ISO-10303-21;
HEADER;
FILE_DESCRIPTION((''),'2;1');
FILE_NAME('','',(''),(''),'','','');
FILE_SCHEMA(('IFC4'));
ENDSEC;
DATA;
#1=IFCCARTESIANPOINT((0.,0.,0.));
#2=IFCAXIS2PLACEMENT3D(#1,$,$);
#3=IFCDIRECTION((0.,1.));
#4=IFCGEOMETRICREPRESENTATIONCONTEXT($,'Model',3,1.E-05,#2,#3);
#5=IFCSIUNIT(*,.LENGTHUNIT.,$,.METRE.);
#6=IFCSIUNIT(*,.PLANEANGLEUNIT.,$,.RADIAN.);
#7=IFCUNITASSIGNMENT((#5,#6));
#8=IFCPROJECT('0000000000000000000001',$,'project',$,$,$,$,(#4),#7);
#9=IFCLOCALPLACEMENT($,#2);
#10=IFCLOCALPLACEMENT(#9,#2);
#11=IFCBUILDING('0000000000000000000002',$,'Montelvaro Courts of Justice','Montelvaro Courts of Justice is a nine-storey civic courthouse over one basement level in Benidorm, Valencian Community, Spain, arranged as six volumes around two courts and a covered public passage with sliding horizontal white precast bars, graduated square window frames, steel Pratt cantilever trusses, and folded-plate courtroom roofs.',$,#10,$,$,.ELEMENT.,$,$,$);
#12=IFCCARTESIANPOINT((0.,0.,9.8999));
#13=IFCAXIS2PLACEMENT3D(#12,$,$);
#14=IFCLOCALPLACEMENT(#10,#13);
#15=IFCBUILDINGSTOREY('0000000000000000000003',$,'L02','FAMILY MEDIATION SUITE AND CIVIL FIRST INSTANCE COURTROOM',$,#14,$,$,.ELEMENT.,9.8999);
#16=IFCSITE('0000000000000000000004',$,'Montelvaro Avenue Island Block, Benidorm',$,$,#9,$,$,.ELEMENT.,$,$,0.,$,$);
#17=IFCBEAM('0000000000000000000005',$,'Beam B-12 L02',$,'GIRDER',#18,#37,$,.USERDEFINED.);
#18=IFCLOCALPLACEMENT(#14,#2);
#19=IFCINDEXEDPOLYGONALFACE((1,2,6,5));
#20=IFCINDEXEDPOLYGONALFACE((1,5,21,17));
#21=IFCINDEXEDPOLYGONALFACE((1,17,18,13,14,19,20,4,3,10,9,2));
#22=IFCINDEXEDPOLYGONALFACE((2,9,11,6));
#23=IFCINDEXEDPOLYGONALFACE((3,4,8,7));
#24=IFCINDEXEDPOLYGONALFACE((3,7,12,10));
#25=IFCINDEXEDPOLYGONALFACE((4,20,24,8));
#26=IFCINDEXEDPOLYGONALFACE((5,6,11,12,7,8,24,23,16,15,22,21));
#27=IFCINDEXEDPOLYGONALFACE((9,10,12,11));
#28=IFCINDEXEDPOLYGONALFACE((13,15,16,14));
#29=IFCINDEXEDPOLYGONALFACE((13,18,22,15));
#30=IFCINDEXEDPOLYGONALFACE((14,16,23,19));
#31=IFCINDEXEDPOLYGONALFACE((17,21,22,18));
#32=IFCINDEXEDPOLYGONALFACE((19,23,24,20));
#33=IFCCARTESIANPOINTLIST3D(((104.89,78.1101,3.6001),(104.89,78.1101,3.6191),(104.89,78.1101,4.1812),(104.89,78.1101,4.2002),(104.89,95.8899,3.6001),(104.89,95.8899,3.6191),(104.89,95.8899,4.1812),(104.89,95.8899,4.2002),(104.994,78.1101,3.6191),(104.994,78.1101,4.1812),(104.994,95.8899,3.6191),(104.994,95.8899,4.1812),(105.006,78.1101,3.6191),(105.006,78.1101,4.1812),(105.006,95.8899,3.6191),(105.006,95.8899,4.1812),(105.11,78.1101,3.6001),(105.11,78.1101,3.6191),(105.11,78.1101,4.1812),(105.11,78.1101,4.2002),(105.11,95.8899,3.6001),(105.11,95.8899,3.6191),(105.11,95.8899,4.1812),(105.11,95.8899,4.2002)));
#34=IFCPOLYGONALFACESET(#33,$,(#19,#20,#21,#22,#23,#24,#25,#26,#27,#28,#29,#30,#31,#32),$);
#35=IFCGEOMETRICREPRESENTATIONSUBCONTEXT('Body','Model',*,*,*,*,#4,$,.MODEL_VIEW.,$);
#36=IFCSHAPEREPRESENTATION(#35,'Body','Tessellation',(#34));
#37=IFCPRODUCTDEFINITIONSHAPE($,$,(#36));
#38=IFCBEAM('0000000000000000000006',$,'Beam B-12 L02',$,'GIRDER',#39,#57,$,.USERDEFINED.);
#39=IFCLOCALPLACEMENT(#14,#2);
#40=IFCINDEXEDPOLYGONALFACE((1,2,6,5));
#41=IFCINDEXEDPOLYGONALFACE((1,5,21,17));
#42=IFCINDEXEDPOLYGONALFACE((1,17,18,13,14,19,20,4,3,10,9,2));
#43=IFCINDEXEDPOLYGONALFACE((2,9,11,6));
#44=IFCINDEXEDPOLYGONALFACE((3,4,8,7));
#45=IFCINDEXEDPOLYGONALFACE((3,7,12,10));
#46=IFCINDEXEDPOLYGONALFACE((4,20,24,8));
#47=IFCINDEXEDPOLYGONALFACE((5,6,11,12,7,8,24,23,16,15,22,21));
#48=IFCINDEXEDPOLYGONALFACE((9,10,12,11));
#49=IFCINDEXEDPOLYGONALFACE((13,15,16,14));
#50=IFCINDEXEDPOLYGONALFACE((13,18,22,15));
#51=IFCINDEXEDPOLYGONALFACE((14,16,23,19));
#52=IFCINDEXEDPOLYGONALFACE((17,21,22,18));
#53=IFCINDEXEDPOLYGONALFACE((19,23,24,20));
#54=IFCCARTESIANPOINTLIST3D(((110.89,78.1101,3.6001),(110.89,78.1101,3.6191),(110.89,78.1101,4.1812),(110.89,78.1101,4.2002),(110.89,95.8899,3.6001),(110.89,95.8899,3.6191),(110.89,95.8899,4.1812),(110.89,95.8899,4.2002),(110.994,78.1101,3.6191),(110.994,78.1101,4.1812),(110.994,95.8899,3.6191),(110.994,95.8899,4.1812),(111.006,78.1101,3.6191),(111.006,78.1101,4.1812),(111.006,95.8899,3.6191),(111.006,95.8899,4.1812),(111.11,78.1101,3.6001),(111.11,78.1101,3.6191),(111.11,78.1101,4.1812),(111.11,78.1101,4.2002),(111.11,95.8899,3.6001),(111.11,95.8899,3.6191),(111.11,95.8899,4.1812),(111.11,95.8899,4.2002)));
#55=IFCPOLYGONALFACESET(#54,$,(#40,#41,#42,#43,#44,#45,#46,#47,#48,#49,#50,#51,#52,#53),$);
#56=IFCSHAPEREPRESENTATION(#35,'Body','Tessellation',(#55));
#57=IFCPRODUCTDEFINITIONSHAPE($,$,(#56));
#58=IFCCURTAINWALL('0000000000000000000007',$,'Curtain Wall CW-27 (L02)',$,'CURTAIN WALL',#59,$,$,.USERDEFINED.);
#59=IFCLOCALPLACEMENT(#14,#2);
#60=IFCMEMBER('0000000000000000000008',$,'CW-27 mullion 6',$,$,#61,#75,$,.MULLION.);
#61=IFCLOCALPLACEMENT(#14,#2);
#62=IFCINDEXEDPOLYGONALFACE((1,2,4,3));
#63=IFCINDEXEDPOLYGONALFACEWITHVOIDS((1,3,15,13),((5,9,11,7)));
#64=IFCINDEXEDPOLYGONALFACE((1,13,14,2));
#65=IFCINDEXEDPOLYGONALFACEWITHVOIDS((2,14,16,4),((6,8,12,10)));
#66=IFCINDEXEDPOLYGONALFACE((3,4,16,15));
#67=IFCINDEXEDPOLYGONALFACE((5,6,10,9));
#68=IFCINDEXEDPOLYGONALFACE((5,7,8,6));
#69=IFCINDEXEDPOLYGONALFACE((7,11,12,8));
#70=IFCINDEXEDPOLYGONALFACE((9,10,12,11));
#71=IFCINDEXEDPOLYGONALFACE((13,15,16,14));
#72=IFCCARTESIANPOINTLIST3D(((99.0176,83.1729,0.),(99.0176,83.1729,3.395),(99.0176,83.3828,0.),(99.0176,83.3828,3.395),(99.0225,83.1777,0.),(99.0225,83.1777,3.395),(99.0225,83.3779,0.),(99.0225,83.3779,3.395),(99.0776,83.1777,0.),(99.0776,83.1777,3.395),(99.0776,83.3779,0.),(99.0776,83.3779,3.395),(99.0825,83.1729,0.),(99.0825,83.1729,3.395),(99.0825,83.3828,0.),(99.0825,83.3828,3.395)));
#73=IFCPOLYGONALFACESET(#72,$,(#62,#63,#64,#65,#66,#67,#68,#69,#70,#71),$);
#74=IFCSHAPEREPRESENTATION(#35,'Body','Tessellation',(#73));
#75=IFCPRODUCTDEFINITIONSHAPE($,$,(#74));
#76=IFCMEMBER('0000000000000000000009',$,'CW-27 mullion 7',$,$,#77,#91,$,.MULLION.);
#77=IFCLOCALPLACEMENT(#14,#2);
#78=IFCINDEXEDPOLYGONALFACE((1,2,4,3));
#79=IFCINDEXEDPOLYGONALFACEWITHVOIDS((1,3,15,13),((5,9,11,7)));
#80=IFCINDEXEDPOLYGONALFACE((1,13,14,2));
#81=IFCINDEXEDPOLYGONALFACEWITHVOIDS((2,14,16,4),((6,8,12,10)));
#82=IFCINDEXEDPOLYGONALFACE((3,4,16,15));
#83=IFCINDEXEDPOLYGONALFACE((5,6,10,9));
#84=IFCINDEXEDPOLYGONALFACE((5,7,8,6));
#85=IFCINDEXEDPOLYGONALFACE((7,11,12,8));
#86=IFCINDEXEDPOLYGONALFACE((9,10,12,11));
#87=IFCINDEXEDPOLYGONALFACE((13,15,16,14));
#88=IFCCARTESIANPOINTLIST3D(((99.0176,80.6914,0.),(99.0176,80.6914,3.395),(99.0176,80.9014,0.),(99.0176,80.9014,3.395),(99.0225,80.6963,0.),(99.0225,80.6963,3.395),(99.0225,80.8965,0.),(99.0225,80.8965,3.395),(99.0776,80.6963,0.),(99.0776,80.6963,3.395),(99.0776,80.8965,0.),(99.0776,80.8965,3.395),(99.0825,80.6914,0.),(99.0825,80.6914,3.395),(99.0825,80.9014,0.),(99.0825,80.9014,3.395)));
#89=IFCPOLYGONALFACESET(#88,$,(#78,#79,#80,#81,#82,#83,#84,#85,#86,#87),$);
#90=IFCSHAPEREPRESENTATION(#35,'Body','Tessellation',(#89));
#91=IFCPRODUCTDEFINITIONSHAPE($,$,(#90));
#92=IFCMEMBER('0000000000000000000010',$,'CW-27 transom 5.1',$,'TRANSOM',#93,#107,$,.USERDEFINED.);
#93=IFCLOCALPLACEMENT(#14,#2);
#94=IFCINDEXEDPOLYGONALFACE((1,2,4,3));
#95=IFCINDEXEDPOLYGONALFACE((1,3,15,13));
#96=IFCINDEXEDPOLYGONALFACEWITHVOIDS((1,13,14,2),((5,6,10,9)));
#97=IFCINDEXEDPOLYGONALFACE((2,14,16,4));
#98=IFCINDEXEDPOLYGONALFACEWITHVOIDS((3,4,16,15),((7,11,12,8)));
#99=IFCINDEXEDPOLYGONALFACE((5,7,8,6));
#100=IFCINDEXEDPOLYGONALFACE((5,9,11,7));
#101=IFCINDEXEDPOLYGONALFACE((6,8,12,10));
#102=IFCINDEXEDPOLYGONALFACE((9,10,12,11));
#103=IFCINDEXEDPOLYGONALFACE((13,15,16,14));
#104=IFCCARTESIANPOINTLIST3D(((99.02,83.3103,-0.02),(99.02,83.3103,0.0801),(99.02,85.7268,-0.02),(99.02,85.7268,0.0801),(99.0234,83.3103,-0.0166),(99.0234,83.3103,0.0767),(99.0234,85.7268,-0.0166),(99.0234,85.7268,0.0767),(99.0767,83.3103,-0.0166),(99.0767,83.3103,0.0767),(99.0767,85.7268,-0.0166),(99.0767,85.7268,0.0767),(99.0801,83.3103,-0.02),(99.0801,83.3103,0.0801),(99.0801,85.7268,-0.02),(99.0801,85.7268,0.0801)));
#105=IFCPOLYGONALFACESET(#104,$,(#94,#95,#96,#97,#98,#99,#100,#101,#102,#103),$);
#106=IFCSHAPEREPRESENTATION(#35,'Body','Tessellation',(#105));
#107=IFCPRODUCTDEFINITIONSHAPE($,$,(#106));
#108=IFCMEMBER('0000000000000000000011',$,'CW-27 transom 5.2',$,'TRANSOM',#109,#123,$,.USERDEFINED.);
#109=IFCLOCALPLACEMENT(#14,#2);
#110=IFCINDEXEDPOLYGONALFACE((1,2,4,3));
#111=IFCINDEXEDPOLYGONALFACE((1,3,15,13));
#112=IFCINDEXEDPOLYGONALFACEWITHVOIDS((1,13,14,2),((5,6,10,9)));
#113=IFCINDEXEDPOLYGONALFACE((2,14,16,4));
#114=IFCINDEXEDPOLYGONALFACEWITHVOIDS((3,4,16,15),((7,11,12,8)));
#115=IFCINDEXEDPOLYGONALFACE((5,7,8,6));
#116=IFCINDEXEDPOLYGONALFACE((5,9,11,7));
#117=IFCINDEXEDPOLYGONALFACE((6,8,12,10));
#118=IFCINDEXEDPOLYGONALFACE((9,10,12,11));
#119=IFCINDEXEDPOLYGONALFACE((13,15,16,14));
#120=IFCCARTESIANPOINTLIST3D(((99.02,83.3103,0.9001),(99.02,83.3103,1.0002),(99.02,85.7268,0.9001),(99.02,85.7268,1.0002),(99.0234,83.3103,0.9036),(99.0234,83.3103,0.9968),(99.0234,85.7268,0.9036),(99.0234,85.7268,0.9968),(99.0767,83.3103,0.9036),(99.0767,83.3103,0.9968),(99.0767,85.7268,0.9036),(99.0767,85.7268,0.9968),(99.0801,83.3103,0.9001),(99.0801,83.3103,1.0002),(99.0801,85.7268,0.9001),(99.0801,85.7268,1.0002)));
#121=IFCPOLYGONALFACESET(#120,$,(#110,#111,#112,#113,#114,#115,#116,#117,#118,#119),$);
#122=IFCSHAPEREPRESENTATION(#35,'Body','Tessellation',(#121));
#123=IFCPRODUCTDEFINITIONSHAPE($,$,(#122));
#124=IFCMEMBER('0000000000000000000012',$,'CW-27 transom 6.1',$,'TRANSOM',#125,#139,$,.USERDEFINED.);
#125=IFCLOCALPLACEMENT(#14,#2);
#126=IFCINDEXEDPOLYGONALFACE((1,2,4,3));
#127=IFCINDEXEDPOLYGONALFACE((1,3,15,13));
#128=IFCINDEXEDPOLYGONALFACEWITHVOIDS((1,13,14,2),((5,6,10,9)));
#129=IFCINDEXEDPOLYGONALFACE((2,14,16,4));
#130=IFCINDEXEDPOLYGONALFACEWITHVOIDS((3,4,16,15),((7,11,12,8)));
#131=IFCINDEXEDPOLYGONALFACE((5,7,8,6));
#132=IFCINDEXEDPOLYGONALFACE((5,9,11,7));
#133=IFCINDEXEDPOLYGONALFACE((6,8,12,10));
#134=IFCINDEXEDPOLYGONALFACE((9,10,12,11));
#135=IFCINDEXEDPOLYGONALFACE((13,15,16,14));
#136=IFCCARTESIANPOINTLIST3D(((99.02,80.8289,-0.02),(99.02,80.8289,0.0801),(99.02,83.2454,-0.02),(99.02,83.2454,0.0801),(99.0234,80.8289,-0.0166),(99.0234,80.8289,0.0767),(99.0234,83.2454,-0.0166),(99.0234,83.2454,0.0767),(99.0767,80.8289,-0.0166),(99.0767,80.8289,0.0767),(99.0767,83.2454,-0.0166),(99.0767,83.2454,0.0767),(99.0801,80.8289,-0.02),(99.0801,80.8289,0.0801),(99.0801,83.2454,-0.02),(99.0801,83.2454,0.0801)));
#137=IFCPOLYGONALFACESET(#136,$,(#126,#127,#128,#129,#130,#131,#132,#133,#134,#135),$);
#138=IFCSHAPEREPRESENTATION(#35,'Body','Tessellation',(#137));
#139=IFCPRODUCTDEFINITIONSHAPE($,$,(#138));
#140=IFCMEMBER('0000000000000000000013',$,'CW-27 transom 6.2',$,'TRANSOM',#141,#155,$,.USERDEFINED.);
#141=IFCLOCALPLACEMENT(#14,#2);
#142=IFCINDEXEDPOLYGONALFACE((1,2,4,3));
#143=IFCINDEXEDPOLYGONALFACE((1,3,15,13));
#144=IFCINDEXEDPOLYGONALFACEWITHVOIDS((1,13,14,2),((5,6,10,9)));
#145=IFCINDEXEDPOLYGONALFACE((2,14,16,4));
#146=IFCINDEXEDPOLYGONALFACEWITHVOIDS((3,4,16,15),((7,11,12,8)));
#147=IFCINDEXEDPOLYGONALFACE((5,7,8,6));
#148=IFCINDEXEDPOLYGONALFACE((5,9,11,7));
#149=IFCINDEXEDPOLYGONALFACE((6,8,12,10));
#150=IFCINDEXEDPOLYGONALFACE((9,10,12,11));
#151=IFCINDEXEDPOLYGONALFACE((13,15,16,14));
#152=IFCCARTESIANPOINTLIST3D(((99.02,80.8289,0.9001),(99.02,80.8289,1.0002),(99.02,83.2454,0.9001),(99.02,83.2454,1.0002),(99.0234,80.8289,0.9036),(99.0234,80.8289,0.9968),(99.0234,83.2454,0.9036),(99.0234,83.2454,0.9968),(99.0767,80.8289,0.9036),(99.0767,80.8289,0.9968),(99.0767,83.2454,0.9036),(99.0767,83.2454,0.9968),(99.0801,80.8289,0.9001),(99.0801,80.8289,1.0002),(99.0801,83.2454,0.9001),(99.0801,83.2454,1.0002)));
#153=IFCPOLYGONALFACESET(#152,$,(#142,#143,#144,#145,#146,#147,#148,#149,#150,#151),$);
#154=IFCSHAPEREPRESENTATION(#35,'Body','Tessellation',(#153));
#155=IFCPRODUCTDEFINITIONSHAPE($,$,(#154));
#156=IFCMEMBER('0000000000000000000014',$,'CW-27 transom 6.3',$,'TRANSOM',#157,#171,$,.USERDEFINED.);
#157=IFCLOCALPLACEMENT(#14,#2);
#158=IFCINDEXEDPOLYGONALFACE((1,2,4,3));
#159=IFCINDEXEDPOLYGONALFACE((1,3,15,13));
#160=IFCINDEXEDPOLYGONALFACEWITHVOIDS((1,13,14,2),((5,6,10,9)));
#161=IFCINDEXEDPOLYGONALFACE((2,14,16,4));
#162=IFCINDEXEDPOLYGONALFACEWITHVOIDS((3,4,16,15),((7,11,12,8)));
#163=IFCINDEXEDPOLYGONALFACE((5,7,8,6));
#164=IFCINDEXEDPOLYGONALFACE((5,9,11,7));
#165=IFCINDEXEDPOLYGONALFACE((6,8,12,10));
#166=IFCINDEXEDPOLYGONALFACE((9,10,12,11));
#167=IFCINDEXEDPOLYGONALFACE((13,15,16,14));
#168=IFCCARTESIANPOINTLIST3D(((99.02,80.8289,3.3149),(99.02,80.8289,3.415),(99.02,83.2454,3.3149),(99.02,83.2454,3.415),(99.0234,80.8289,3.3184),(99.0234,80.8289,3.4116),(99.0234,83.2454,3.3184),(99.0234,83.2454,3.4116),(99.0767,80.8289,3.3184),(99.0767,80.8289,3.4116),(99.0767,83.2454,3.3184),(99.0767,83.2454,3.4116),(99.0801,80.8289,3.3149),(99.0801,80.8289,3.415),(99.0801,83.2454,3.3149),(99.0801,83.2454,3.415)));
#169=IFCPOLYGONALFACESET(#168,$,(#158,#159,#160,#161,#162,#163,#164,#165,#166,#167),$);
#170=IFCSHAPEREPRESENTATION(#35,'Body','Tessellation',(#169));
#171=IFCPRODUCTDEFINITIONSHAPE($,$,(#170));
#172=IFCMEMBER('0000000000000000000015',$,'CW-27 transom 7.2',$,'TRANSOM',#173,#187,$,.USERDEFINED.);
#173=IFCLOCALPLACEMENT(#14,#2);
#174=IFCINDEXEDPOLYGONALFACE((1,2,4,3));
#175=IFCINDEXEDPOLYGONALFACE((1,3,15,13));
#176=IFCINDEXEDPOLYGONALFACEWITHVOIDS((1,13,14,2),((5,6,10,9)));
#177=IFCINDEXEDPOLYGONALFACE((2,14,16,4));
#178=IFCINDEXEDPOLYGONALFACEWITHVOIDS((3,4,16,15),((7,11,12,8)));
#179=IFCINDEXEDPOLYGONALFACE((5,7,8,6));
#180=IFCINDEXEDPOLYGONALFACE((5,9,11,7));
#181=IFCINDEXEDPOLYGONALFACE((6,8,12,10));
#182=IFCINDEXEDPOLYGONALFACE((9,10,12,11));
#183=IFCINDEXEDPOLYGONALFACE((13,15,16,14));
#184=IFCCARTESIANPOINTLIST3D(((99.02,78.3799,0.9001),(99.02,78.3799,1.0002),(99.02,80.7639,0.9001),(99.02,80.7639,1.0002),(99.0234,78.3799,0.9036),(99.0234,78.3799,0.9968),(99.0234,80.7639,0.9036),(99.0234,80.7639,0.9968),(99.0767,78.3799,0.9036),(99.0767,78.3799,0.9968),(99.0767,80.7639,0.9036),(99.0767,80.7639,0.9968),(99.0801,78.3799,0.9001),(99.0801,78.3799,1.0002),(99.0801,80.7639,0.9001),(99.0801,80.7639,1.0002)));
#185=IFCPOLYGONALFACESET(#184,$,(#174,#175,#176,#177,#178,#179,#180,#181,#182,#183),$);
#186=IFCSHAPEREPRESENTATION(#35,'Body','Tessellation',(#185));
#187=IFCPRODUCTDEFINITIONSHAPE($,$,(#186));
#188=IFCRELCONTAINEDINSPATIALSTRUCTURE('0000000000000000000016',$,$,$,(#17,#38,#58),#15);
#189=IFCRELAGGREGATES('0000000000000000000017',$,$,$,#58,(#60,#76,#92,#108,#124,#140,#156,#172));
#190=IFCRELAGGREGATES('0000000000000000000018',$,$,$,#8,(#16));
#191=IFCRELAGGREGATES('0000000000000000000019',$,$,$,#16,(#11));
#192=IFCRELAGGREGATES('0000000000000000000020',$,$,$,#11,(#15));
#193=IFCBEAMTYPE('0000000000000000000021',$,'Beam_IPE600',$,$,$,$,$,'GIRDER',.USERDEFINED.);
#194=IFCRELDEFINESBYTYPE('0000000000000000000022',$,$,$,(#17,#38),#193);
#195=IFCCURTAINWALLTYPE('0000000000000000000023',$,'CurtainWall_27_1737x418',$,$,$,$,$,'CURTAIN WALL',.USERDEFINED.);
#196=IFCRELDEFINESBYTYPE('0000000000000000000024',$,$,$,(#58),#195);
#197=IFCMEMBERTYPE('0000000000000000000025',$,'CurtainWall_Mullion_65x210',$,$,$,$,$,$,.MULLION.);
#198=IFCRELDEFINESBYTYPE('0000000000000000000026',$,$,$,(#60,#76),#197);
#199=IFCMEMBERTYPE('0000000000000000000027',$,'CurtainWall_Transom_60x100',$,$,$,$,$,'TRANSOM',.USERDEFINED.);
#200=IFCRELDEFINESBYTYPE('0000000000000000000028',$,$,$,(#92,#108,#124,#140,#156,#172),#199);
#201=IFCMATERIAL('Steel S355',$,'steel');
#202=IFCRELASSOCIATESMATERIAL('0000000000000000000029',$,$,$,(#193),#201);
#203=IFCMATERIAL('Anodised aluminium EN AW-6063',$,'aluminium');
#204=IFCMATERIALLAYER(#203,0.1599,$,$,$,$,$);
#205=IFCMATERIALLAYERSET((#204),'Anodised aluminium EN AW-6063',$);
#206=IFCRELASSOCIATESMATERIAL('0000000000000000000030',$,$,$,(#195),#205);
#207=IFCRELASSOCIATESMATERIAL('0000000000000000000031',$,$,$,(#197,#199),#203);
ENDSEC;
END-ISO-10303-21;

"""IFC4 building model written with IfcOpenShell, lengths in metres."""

from ifc_helpers import new_model, si_unit, direction, frame, origin, origin_2d, place, context, subcontext, project, spatial, hollow_rectangle, i_section, extrude, material, layer, layer_set, material_profile, profile_set, type_object, element, aggregate, save


model = new_model("IFC4")

# Units and contexts
model_context = context("Model", 3, precision=1e-05, world=origin(), true_north=direction((0.0, 1.0)))
body_context = subcontext(model_context, "Body", "Model", "MODEL_VIEW")
ifc_project = project(units=[si_unit("LENGTHUNIT", "METRE"), si_unit("PLANEANGLEUNIT", "RADIAN")], contexts=[model_context])

# Site, building, storey
site_placement = place(None, origin())
site = spatial("IfcSite", under=ifc_project, at=site_placement, Name="Montelvaro Avenue Island Block, Benidorm", CompositionType="ELEMENT", RefElevation=0.0)
building_placement = place(site_placement, origin())
building = spatial("IfcBuilding", under=site, at=building_placement, Name="Montelvaro Courts of Justice", Description="Montelvaro Courts of Justice is a nine-storey civic courthouse over one basement level in Benidorm, Valencian Community, Spain, arranged as six volumes around two courts and a covered public passage with sliding horizontal white precast bars, graduated square window frames, steel Pratt cantilever trusses, and folded-plate courtroom roofs.", CompositionType="ELEMENT")
storey_placement = place(building_placement, frame((0.0, 0.0, 9.8999)))
storey = spatial("IfcBuildingStorey", under=building, at=storey_placement, Name="L02", Description="FAMILY MEDIATION SUITE AND CIVIL FIRST INSTANCE COURTROOM", CompositionType="ELEMENT", Elevation=9.8999)

# Shared definitions
ifc_material_1 = material(Name="Steel S355", Category="steel")

# Beams
ifc_material_profile_1 = material_profile(ifc_material_1, i_section(OverallWidth=0.22, OverallDepth=0.6001, WebThickness=0.012, FlangeThickness=0.019, at=origin_2d()), Name="IPE 600")
ifc_profile_set_1 = profile_set([ifc_material_profile_1], Name="Steel S355")
beam_type_1 = type_object("IfcBeamType", Name="Beam_IPE600", ElementType="GIRDER", PredefinedType="USERDEFINED", material=ifc_profile_set_1)
for number, where, z_axis, x_axis, name in (
    (1, (105.0, 78.1101, 3.9001), (0.0, 1.0, 0.0), (-1.0, 0.0, 0.0), "Beam B-12 L02"),
    (2, (111.0, 78.1101, 3.9001), (0.0, 1.0, 0.0), (-1.0, 0.0, 0.0), "Beam B-12 L02"),
):
    element("IfcBeam", number, at=place(storey_placement, frame(where, z_axis=z_axis, x_axis=x_axis)), inside=storey, type_object=beam_type_1, Name=name, ObjectType="GIRDER", PredefinedType="USERDEFINED", context=body_context, shape_type="SweptSolid", body=[
        extrude(i_section(OverallWidth=0.22, OverallDepth=0.6001, WebThickness=0.012, FlangeThickness=0.019, at=origin_2d()), origin(), (0.0, 0.0, 1.0), 17.7798),
    ])

# Curtain wall, members
ifc_material_2 = material(Name="Anodised aluminium EN AW-6063", Category="aluminium")
ifc_layer_1 = layer(ifc_material_2, 0.1599)
ifc_layer_set_1 = layer_set([ifc_layer_1], Name="Anodised aluminium EN AW-6063")
curtain_wall_type = type_object("IfcCurtainWallType", Name="CurtainWall_27_1737x418", ElementType="CURTAIN WALL", PredefinedType="USERDEFINED", material=ifc_layer_set_1)
curtain_wall_placement = place(storey_placement, origin())
curtain_wall = element("IfcCurtainWall", 3, at=curtain_wall_placement, inside=storey, type_object=curtain_wall_type, Name="Curtain Wall CW-27 (L02)", ObjectType="CURTAIN WALL", PredefinedType="USERDEFINED")
ifc_material_profile_2 = material_profile(ifc_material_2, hollow_rectangle(XDim=0.0649, YDim=0.21, WallThickness=0.0049, at=origin_2d()), Name="ALU-M 65x210")
ifc_profile_set_2 = profile_set([ifc_material_profile_2], Name="Anodised aluminium EN AW-6063")
member_type_1 = type_object("IfcMemberType", Name="CurtainWall_Mullion_65x210", PredefinedType="MULLION", material=ifc_profile_set_2)
member_1_placement = place(storey_placement, frame((99.05, 83.2778, 0.0), z_axis=(0.0, 0.0, 1.0), x_axis=(1.0, 0.0, 0.0)))
member_1 = element("IfcMember", 4, at=member_1_placement, type_object=member_type_1, Name="CW-27 mullion 6", PredefinedType="MULLION", context=body_context, shape_type="SweptSolid", body=[
    extrude(hollow_rectangle(XDim=0.0649, YDim=0.21, WallThickness=0.0049, at=origin_2d()), origin(), (0.0, 0.0, 1.0), 3.395),
])
member_2_placement = place(storey_placement, frame((99.05, 80.7964, 0.0), z_axis=(0.0, 0.0, 1.0), x_axis=(1.0, 0.0, 0.0)))
member_2 = element("IfcMember", 5, at=member_2_placement, type_object=member_type_1, Name="CW-27 mullion 7", PredefinedType="MULLION", context=body_context, shape_type="SweptSolid", body=[
    extrude(hollow_rectangle(XDim=0.0649, YDim=0.21, WallThickness=0.0049, at=origin_2d()), origin(), (0.0, 0.0, 1.0), 3.395),
])
ifc_material_profile_3 = material_profile(ifc_material_2, hollow_rectangle(XDim=0.0601, YDim=0.1001, WallThickness=0.0034, at=origin_2d()), Name="ALU-T 60x100")
ifc_profile_set_3 = profile_set([ifc_material_profile_3], Name="Anodised aluminium EN AW-6063")
member_type_2 = type_object("IfcMemberType", Name="CurtainWall_Transom_60x100", ElementType="TRANSOM", PredefinedType="USERDEFINED", material=ifc_profile_set_3)
member_3_placement = place(storey_placement, frame((99.05, 85.7268, 0.03), z_axis=(0.0, -1.0, 0.0), x_axis=(1.0, 0.0, 0.0)))
member_3 = element("IfcMember", 6, at=member_3_placement, type_object=member_type_2, Name="CW-27 transom 5.1", ObjectType="TRANSOM", PredefinedType="USERDEFINED", context=body_context, shape_type="SweptSolid", body=[
    extrude(hollow_rectangle(XDim=0.0601, YDim=0.1001, WallThickness=0.0034, at=origin_2d()), origin(), (0.0, 0.0, 1.0), 2.4165),
])
member_4_placement = place(storey_placement, frame((99.05, 85.7268, 0.9502), z_axis=(0.0, -1.0, 0.0), x_axis=(1.0, 0.0, 0.0)))
member_4 = element("IfcMember", 7, at=member_4_placement, type_object=member_type_2, Name="CW-27 transom 5.2", ObjectType="TRANSOM", PredefinedType="USERDEFINED", context=body_context, shape_type="SweptSolid", body=[
    extrude(hollow_rectangle(XDim=0.0601, YDim=0.1001, WallThickness=0.0034, at=origin_2d()), origin(), (0.0, 0.0, 1.0), 2.4165),
])
member_5_placement = place(storey_placement, frame((99.05, 83.2454, 0.03), z_axis=(0.0, -1.0, 0.0), x_axis=(1.0, 0.0, 0.0)))
member_5 = element("IfcMember", 8, at=member_5_placement, type_object=member_type_2, Name="CW-27 transom 6.1", ObjectType="TRANSOM", PredefinedType="USERDEFINED", context=body_context, shape_type="SweptSolid", body=[
    extrude(hollow_rectangle(XDim=0.0601, YDim=0.1001, WallThickness=0.0034, at=origin_2d()), origin(), (0.0, 0.0, 1.0), 2.4165),
])
member_6_placement = place(storey_placement, frame((99.05, 83.2454, 0.9502), z_axis=(0.0, -1.0, 0.0), x_axis=(1.0, 0.0, 0.0)))
member_6 = element("IfcMember", 9, at=member_6_placement, type_object=member_type_2, Name="CW-27 transom 6.2", ObjectType="TRANSOM", PredefinedType="USERDEFINED", context=body_context, shape_type="SweptSolid", body=[
    extrude(hollow_rectangle(XDim=0.0601, YDim=0.1001, WallThickness=0.0034, at=origin_2d()), origin(), (0.0, 0.0, 1.0), 2.4165),
])
member_7_placement = place(storey_placement, frame((99.05, 83.2454, 3.365), z_axis=(0.0, -1.0, 0.0), x_axis=(1.0, 0.0, 0.0)))
member_7 = element("IfcMember", 10, at=member_7_placement, type_object=member_type_2, Name="CW-27 transom 6.3", ObjectType="TRANSOM", PredefinedType="USERDEFINED", context=body_context, shape_type="SweptSolid", body=[
    extrude(hollow_rectangle(XDim=0.0601, YDim=0.1001, WallThickness=0.0034, at=origin_2d()), origin(), (0.0, 0.0, 1.0), 2.4165),
])
member_8_placement = place(storey_placement, frame((99.05, 80.7639, 0.9502), z_axis=(0.0, -1.0, 0.0), x_axis=(1.0, 0.0, 0.0)))
member_8 = element("IfcMember", 11, at=member_8_placement, type_object=member_type_2, Name="CW-27 transom 7.2", ObjectType="TRANSOM", PredefinedType="USERDEFINED", context=body_context, shape_type="SweptSolid", body=[
    extrude(hollow_rectangle(XDim=0.0601, YDim=0.1001, WallThickness=0.0034, at=origin_2d()), origin(), (0.0, 0.0, 1.0), 2.384),
])
aggregate(curtain_wall, [member_1, member_2, member_3, member_4, member_5, member_6, member_7, member_8])

save(model, "model.ifc")
